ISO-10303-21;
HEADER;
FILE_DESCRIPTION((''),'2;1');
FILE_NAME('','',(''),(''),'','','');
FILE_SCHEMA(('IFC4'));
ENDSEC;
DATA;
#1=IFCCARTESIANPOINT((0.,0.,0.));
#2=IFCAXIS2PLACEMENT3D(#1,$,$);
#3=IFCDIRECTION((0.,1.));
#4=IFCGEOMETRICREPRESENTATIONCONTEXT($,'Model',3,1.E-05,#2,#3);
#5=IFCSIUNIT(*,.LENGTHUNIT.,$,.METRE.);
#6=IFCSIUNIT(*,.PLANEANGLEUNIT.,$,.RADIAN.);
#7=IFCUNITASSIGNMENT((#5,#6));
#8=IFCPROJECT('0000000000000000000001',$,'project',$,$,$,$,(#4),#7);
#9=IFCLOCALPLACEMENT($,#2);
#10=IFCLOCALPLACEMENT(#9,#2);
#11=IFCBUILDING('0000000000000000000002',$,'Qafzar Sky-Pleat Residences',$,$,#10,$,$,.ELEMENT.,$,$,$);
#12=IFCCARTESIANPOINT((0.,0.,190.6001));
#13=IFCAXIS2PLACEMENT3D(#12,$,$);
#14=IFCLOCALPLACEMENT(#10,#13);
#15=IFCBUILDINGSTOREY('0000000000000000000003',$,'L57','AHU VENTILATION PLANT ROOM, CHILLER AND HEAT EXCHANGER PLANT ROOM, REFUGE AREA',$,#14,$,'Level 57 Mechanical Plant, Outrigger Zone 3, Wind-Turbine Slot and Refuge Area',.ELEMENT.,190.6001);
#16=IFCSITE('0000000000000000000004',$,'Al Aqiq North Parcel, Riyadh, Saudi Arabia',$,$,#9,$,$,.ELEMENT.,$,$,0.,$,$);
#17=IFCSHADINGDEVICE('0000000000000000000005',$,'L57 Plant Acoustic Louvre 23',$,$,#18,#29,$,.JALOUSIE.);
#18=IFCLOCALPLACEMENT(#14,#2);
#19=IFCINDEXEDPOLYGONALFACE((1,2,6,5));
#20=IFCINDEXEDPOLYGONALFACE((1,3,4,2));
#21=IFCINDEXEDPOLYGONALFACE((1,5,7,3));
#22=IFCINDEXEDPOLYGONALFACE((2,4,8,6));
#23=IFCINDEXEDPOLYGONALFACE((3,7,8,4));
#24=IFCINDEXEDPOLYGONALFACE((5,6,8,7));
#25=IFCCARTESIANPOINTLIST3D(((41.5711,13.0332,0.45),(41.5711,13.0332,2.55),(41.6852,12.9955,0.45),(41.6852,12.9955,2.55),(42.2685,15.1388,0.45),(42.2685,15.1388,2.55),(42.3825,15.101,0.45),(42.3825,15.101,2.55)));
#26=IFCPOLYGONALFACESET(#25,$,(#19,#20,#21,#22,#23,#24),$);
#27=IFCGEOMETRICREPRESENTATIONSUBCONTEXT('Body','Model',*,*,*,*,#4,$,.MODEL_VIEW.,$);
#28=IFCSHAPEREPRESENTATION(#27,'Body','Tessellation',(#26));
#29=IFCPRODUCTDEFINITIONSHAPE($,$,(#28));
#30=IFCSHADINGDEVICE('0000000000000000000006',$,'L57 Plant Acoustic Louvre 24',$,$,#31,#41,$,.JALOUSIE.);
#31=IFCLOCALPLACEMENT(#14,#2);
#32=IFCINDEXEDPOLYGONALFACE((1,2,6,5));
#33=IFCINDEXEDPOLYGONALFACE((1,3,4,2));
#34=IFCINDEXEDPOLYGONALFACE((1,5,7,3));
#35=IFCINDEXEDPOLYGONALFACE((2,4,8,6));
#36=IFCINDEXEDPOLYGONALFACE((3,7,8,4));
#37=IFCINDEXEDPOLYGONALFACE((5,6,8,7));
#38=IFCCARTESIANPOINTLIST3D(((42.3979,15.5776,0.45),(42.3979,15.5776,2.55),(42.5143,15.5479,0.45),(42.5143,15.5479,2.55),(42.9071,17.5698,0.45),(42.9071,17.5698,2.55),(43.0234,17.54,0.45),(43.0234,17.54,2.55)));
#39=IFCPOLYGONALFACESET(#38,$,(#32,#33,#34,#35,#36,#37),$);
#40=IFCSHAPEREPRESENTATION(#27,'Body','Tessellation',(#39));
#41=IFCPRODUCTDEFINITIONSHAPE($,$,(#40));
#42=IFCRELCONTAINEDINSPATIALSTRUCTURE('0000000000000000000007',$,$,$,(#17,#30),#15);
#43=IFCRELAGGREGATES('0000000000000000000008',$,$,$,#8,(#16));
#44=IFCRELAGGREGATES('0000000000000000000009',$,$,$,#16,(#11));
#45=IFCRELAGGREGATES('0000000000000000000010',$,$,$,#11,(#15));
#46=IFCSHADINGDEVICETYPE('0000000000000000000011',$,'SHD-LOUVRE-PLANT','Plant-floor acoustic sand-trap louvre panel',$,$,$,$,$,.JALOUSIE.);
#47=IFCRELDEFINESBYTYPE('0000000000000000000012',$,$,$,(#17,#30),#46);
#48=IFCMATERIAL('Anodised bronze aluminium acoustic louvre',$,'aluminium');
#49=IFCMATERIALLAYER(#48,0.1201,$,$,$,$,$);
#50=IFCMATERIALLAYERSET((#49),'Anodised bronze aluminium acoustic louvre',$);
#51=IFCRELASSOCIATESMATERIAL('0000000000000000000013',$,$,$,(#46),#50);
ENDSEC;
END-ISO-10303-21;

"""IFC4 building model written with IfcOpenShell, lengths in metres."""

from ifc_helpers import new_model, si_unit, direction, frame, origin, origin_2d, place, context, subcontext, project, spatial, rectangle, extrude, source, transform, mapped, material, layer, layer_set, type_object, element, save


model = new_model("IFC4")

# Units and contexts
model_context = context("Model", 3, precision=1e-05, world=origin(), true_north=direction((0.0, 1.0)))
body_context = subcontext(model_context, "Body", "Model", "MODEL_VIEW")
ifc_project = project(units=[si_unit("LENGTHUNIT", "METRE"), si_unit("PLANEANGLEUNIT", "RADIAN")], contexts=[model_context])

# Site, building, storey
site_placement = place(None, origin())
site = spatial("IfcSite", under=ifc_project, at=site_placement, Name="Al Aqiq North Parcel, Riyadh, Saudi Arabia", CompositionType="ELEMENT", RefElevation=0.0)
building_placement = place(site_placement, origin())
building = spatial("IfcBuilding", under=site, at=building_placement, Name="Qafzar Sky-Pleat Residences", CompositionType="ELEMENT")
storey_placement = place(building_placement, frame((0.0, 0.0, 190.6001)))
storey = spatial("IfcBuildingStorey", under=building, at=storey_placement, Name="L57", Description="AHU VENTILATION PLANT ROOM, CHILLER AND HEAT EXCHANGER PLANT ROOM, REFUGE AREA", LongName="Level 57 Mechanical Plant, Outrigger Zone 3, Wind-Turbine Slot and Refuge Area", CompositionType="ELEMENT", Elevation=190.6001)

# Shading devices
ifc_material_1 = material(Name="Anodised bronze aluminium acoustic louvre", Category="aluminium")
ifc_layer_1 = layer(ifc_material_1, 0.1201)
ifc_layer_set_1 = layer_set([ifc_layer_1], Name="Anodised bronze aluminium acoustic louvre")
shading_device_type = type_object("IfcShadingDeviceType", Name="SHD-LOUVRE-PLANT", Description="Plant-floor acoustic sand-trap louvre panel", PredefinedType="JALOUSIE", material=ifc_layer_set_1)
shared_shape_1 = source(origin(), body_context, "Body", "SweptSolid", [
    extrude(rectangle(XDim=2.218, YDim=0.1201, at=origin_2d()), origin(), (0.0, 0.0, 1.0), 2.1001),
])
shading_device_1_placement = place(storey_placement, frame((41.9768, 14.0671, 0.45), z_axis=(0.0, 0.0, 1.0), x_axis=(0.314388, 0.949295, 0.0)))
element("IfcShadingDevice", 1, at=shading_device_1_placement, inside=storey, type_object=shading_device_type, Name="L57 Plant Acoustic Louvre 23", PredefinedType="JALOUSIE", context=body_context, shape_type="MappedRepresentation", body=[
    mapped(shared_shape_1, transform((0.0, 0.0, 0.0), x_axis=(1.0, 0.0, 0.0), y_axis=(0.0, 1.0, 0.0), z_axis=(0.0, 0.0, 1.0), scale=1.0)),
])
shared_shape_2 = source(origin(), body_context, "Body", "SweptSolid", [
    extrude(rectangle(XDim=2.0562, YDim=0.1201, at=origin_2d()), origin(), (0.0, 0.0, 1.0), 2.1001),
])
shading_device_2_placement = place(storey_placement, frame((42.7107, 16.5588, 0.45), z_axis=(0.0, 0.0, 1.0), x_axis=(0.247613, 0.968859, 0.0)))
element("IfcShadingDevice", 2, at=shading_device_2_placement, inside=storey, type_object=shading_device_type, Name="L57 Plant Acoustic Louvre 24", PredefinedType="JALOUSIE", context=body_context, shape_type="MappedRepresentation", body=[
    mapped(shared_shape_2, transform((0.0, 0.0, 0.0), x_axis=(1.0, 0.0, 0.0), y_axis=(0.0, 1.0, 0.0), z_axis=(0.0, 0.0, 1.0), scale=1.0)),
])

save(model, "model.ifc")
